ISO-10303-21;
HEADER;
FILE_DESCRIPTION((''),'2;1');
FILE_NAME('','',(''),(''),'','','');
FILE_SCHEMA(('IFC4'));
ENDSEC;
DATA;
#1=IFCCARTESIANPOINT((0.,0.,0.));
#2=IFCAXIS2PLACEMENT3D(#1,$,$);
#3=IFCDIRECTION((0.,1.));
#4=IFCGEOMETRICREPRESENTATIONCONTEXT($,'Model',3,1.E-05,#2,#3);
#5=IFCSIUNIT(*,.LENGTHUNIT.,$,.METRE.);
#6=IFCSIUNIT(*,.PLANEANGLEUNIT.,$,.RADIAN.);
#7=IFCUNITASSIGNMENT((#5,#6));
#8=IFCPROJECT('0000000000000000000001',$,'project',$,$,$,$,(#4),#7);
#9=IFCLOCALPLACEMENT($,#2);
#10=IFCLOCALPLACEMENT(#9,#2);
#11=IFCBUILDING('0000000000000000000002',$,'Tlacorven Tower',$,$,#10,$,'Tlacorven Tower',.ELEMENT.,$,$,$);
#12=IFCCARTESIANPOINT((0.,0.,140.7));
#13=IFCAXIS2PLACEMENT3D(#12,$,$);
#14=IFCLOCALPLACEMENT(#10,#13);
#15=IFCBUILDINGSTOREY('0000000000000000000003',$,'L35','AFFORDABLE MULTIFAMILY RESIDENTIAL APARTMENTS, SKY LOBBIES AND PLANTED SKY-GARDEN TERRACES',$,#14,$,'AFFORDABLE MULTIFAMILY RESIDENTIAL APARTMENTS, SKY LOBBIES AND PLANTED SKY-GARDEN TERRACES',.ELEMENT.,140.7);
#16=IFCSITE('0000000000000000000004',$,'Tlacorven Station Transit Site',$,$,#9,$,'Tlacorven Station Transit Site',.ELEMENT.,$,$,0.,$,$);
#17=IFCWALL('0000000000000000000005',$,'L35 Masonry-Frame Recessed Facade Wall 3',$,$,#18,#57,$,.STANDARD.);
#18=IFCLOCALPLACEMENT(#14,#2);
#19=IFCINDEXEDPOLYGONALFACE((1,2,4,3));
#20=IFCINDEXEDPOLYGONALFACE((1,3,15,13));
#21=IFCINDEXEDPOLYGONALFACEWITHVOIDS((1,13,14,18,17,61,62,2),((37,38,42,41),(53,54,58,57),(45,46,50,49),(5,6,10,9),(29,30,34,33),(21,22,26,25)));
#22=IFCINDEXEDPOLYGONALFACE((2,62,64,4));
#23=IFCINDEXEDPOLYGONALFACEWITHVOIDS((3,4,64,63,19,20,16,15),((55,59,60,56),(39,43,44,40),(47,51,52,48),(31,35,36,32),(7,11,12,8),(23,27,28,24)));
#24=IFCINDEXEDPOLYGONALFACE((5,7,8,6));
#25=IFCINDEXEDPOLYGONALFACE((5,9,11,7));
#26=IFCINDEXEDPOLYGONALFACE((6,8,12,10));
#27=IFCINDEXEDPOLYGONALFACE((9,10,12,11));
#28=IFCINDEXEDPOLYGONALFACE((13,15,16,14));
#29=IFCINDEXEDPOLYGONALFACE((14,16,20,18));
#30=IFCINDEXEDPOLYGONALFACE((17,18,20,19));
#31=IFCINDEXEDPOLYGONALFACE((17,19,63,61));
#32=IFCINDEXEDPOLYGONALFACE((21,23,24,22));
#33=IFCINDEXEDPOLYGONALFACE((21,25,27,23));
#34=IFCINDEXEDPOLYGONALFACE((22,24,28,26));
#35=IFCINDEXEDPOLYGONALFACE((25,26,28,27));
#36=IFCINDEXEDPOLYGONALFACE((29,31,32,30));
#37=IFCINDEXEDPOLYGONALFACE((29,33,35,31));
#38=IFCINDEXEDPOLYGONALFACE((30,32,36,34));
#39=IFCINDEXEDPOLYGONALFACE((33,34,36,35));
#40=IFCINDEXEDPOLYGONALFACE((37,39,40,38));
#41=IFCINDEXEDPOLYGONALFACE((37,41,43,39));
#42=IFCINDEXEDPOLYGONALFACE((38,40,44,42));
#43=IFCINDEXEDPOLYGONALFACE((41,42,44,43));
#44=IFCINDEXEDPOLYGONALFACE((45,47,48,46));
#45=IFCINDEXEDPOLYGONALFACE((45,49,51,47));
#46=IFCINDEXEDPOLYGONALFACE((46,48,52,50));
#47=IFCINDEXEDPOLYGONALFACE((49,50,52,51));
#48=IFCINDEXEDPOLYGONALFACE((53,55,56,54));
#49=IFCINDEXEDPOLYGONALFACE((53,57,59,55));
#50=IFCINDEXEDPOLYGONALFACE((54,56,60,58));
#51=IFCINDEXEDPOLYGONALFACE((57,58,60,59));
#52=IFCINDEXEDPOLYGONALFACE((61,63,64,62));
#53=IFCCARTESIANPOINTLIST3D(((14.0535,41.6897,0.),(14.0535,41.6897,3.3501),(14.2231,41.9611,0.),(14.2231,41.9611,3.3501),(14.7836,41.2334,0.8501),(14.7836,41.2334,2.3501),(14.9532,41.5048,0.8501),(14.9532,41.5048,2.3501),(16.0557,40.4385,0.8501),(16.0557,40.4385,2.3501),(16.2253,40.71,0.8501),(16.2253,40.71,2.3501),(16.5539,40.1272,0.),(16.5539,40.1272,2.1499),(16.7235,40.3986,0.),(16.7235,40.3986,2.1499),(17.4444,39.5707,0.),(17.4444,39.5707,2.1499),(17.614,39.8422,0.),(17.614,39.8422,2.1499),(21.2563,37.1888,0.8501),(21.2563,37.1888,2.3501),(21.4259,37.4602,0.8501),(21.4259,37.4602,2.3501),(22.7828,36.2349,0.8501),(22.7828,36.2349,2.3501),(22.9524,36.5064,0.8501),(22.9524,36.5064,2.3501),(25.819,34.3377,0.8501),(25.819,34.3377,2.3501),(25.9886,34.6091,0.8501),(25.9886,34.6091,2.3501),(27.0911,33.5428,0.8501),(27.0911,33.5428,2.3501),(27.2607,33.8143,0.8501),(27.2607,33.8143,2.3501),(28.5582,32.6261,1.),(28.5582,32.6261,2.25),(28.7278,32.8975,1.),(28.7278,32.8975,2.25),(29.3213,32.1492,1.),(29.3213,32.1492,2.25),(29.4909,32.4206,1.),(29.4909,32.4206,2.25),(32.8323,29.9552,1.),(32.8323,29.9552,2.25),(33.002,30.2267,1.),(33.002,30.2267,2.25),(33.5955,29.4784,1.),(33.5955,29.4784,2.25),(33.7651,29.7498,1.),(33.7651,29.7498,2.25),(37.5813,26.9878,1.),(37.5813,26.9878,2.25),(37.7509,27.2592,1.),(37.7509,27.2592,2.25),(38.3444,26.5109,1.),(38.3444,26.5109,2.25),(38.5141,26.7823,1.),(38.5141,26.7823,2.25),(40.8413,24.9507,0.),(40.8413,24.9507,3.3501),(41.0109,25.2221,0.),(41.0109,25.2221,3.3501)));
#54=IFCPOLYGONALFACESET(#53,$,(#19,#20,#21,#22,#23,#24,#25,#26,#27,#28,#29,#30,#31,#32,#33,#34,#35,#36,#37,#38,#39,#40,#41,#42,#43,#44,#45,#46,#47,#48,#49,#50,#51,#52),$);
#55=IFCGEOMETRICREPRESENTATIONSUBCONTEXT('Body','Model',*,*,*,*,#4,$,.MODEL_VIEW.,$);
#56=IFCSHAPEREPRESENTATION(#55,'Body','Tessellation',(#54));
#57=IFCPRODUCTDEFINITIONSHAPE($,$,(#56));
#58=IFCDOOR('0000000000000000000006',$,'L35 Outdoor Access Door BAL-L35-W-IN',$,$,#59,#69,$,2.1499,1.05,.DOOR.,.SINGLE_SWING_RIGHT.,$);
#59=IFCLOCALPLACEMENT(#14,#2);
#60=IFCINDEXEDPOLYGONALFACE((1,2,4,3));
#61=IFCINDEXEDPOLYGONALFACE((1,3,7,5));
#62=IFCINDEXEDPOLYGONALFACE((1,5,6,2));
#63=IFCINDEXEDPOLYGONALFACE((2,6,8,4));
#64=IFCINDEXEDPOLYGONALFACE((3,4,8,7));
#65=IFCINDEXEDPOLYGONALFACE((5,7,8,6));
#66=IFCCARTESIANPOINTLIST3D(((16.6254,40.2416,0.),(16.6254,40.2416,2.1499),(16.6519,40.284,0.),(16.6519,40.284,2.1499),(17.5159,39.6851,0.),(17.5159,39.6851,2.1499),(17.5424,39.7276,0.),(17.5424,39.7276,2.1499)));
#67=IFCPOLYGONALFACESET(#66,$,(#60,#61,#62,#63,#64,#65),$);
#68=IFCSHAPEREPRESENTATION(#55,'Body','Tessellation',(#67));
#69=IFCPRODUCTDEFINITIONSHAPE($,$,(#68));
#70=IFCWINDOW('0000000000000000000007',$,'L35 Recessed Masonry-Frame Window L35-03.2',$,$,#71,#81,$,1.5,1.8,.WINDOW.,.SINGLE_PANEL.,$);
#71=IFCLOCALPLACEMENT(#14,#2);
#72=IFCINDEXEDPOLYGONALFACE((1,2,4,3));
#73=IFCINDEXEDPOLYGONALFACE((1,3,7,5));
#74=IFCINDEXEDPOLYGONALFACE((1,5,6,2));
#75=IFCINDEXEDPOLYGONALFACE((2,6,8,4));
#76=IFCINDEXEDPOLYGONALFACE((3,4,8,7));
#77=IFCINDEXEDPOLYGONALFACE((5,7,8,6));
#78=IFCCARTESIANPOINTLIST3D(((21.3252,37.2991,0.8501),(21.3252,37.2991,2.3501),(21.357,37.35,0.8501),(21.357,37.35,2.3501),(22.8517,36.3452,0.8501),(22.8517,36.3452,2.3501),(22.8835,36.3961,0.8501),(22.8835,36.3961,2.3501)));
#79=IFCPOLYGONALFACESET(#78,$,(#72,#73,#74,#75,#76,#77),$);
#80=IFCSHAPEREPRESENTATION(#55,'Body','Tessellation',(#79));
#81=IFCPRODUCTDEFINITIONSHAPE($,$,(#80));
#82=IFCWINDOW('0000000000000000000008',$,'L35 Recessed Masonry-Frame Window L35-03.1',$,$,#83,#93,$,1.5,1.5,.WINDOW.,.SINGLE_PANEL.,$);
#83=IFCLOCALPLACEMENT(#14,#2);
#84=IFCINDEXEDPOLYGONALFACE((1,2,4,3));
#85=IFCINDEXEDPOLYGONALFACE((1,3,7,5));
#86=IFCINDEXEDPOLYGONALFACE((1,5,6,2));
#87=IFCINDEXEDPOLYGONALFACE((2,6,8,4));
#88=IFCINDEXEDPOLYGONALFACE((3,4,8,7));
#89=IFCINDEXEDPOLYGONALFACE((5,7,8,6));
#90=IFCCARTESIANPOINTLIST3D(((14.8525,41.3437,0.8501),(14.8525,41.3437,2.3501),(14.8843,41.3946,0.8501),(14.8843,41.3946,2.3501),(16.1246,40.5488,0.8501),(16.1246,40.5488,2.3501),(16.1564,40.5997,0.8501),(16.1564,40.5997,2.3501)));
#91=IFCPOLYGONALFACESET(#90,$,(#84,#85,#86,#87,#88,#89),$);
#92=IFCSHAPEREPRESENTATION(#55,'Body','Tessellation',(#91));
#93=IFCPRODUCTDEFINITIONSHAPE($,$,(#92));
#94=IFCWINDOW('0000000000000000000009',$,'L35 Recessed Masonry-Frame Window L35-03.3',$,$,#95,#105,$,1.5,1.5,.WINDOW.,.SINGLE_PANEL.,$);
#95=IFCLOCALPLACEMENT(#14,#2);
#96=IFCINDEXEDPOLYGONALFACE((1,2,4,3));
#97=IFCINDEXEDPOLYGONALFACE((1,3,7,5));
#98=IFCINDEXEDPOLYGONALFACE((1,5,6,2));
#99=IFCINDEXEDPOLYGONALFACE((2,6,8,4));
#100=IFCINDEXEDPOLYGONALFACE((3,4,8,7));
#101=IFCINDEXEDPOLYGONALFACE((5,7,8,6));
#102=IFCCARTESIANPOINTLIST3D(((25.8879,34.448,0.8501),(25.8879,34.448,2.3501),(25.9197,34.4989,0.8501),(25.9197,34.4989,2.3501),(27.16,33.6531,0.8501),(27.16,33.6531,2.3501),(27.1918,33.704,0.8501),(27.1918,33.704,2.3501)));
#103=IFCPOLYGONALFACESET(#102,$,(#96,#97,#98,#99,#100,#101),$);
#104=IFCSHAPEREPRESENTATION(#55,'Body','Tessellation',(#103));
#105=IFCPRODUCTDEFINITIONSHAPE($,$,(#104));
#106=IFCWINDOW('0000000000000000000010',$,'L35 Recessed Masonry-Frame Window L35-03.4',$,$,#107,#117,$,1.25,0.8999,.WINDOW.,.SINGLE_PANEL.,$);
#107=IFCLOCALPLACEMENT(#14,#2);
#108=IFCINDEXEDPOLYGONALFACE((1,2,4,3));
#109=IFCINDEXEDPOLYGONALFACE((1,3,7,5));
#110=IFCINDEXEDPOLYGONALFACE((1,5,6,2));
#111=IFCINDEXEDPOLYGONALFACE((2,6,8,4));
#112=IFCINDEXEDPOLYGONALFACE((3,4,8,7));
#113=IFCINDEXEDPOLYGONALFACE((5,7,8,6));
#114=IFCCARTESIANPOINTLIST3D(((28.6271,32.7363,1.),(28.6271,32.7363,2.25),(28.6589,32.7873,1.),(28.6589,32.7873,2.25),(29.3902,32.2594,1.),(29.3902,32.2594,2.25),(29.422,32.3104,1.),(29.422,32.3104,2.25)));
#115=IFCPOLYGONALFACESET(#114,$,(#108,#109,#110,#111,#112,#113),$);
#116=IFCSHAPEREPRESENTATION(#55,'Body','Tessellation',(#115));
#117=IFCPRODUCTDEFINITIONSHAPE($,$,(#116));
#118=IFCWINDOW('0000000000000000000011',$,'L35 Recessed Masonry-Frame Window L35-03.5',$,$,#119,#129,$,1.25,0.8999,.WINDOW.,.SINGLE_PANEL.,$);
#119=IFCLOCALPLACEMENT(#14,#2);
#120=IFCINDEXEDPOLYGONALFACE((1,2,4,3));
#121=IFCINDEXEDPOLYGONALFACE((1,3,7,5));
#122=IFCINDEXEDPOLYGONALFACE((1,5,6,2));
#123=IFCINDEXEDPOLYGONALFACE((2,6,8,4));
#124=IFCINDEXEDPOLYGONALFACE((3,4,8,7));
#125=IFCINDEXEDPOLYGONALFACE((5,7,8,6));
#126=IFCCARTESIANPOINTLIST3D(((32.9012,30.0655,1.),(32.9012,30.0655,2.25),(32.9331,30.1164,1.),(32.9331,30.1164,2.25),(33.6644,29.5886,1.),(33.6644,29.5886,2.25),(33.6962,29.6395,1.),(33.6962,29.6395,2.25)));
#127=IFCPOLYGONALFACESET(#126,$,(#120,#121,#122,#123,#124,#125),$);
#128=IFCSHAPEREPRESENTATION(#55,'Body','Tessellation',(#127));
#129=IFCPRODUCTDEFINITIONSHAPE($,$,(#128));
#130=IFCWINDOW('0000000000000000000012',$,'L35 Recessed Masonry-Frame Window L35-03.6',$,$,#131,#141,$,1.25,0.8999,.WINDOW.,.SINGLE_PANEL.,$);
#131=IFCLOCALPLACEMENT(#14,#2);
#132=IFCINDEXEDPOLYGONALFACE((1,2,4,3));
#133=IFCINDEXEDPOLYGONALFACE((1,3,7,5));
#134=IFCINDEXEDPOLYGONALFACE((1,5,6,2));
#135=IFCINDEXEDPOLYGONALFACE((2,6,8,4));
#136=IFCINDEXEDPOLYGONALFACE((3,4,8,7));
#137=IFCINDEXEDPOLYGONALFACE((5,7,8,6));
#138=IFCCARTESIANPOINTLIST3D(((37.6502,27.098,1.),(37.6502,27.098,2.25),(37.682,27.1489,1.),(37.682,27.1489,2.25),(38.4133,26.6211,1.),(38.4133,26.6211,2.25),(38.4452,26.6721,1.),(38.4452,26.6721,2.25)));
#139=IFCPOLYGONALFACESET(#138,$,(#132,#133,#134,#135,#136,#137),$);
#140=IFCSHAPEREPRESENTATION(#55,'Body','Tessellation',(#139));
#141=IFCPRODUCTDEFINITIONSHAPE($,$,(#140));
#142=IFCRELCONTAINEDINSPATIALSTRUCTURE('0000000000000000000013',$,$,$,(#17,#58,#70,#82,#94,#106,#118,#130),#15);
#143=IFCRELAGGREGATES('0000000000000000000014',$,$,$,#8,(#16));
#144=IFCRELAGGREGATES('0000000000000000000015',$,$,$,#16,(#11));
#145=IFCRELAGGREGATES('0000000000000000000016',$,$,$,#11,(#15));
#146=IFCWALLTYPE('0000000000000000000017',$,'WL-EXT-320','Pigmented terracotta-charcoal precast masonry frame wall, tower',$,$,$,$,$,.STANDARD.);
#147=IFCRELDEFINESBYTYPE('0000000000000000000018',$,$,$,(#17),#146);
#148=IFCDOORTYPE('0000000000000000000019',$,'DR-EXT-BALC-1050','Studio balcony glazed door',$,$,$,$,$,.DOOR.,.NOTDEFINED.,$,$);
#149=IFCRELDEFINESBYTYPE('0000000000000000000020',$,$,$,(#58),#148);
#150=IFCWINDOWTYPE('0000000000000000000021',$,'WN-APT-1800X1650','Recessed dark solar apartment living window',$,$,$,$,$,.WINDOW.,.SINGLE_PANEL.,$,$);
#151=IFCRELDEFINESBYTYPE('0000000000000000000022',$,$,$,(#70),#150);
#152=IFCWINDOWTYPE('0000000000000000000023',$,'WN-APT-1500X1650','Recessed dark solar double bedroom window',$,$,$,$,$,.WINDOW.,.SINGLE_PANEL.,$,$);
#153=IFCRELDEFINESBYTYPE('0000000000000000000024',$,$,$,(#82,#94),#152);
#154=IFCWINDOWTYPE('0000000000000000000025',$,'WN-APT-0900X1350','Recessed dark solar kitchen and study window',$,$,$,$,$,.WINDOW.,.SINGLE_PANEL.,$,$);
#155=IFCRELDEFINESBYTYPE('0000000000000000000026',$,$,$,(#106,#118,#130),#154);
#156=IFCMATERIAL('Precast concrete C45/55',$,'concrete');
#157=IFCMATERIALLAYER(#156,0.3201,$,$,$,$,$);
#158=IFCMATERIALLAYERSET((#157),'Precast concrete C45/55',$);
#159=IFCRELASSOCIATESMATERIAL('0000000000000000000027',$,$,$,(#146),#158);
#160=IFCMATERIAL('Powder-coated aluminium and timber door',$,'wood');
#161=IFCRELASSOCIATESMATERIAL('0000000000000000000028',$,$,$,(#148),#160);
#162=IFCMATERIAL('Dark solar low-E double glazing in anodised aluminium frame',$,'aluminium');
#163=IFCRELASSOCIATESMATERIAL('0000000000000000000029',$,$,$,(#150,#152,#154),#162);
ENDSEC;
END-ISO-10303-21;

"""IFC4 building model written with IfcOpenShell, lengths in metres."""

from ifc_helpers import new_model, si_unit, direction, frame, frame_2d, origin, place, context, subcontext, project, spatial, rectangle, extrude, source, transform, mapped, material, layer, layer_set, type_object, element, fill, save


model = new_model("IFC4")

# Units and contexts
model_context = context("Model", 3, precision=1e-05, world=origin(), true_north=direction((0.0, 1.0)))
body_context = subcontext(model_context, "Body", "Model", "MODEL_VIEW")
ifc_project = project(units=[si_unit("LENGTHUNIT", "METRE"), si_unit("PLANEANGLEUNIT", "RADIAN")], contexts=[model_context])

# Site, building, storey
site_placement = place(None, origin())
site = spatial("IfcSite", under=ifc_project, at=site_placement, Name="Tlacorven Station Transit Site", LongName="Tlacorven Station Transit Site", CompositionType="ELEMENT", RefElevation=0.0)
building_placement = place(site_placement, origin())
building = spatial("IfcBuilding", under=site, at=building_placement, Name="Tlacorven Tower", LongName="Tlacorven Tower", CompositionType="ELEMENT")
storey_placement = place(building_placement, frame((0.0, 0.0, 140.7)))
storey = spatial("IfcBuildingStorey", under=building, at=storey_placement, Name="L35", Description="AFFORDABLE MULTIFAMILY RESIDENTIAL APARTMENTS, SKY LOBBIES AND PLANTED SKY-GARDEN TERRACES", LongName="AFFORDABLE MULTIFAMILY RESIDENTIAL APARTMENTS, SKY LOBBIES AND PLANTED SKY-GARDEN TERRACES", CompositionType="ELEMENT", Elevation=140.7)

# Wall, openings, door, windows
ifc_material_1 = material(Name="Precast concrete C45/55", Category="concrete")
ifc_layer_1 = layer(ifc_material_1, 0.3201)
ifc_layer_set_1 = layer_set([ifc_layer_1], Name="Precast concrete C45/55")
wall_type_1 = type_object("IfcWallType", Name="WL-EXT-320", Description="Pigmented terracotta-charcoal precast masonry frame wall, tower", PredefinedType="STANDARD", material=ifc_layer_set_1)
wall_1_placement = place(storey_placement, frame((14.1382, 41.8254, 0.0), z_axis=(0.0, 0.0, 1.0), x_axis=(0.848046, -0.529922, 0.0)))
wall_1 = element("IfcWall", 1, at=wall_1_placement, inside=storey, type_object=wall_type_1, Name="L35 Masonry-Frame Recessed Facade Wall 3", PredefinedType="STANDARD", context=body_context, shape_type="SweptSolid", body=[
    extrude(rectangle(XDim=31.5876, YDim=0.3201, at=frame_2d((15.7939, 0.0))), origin(), (0.0, 0.0, 1.0), 3.3501),
])
opening_1_placement = place(wall_1_placement, frame((2.9487, 0.0, 0.0)))
opening_1 = element("IfcOpeningElement", 2, at=opening_1_placement, cuts=wall_1, PredefinedType="OPENING", context=body_context, shape_type="SweptSolid", body=[
    extrude(rectangle(XDim=1.05, YDim=2.1499, at=frame_2d((0.5249, 1.075))), frame((0.0, 0.1699, 0.0), z_axis=(0.0, -1.0, 0.0), x_axis=(1.0, 0.0, 0.0)), (0.0, 0.0, 1.0), 0.3401),
])
opening_2_placement = place(wall_1_placement, frame((0.8611, 0.0, 0.8501)))
opening_2 = element("IfcOpeningElement", 3, at=opening_2_placement, cuts=wall_1, PredefinedType="OPENING", context=body_context, shape_type="SweptSolid", body=[
    extrude(rectangle(XDim=1.5, YDim=1.5, at=frame_2d((0.75, 0.75))), frame((0.0, 0.1699, 0.0), z_axis=(0.0, -1.0, 0.0), x_axis=(1.0, 0.0, 0.0)), (0.0, 0.0, 1.0), 0.3401),
])
opening_3_placement = place(wall_1_placement, frame((8.4937, 0.0, 0.8501)))
opening_3 = element("IfcOpeningElement", 4, at=opening_3_placement, cuts=wall_1, PredefinedType="OPENING", context=body_context, shape_type="SweptSolid", body=[
    extrude(rectangle(XDim=1.8, YDim=1.5, at=frame_2d((0.8999, 0.75))), frame((0.0, 0.1699, 0.0), z_axis=(0.0, -1.0, 0.0), x_axis=(1.0, 0.0, 0.0)), (0.0, 0.0, 1.0), 0.3401),
])
opening_4_placement = place(wall_1_placement, frame((13.8738, 0.0, 0.8501)))
opening_4 = element("IfcOpeningElement", 5, at=opening_4_placement, cuts=wall_1, PredefinedType="OPENING", context=body_context, shape_type="SweptSolid", body=[
    extrude(rectangle(XDim=1.5, YDim=1.5, at=frame_2d((0.75, 0.75))), frame((0.0, 0.1699, 0.0), z_axis=(0.0, -1.0, 0.0), x_axis=(1.0, 0.0, 0.0)), (0.0, 0.0, 1.0), 0.3401),
])
opening_5_placement = place(wall_1_placement, frame((17.1038, 0.0, 1.0)))
opening_5 = element("IfcOpeningElement", 6, at=opening_5_placement, cuts=wall_1, PredefinedType="OPENING", context=body_context, shape_type="SweptSolid", body=[
    extrude(rectangle(XDim=0.8999, YDim=1.25, at=frame_2d((0.45, 0.625))), frame((0.0, 0.1699, 0.0), z_axis=(0.0, -1.0, 0.0), x_axis=(1.0, 0.0, 0.0)), (0.0, 0.0, 1.0), 0.3401),
])
opening_6_placement = place(wall_1_placement, frame((22.1438, 0.0, 1.0)))
opening_6 = element("IfcOpeningElement", 7, at=opening_6_placement, cuts=wall_1, PredefinedType="OPENING", context=body_context, shape_type="SweptSolid", body=[
    extrude(rectangle(XDim=0.8999, YDim=1.25, at=frame_2d((0.45, 0.625))), frame((0.0, 0.1699, 0.0), z_axis=(0.0, -1.0, 0.0), x_axis=(1.0, 0.0, 0.0)), (0.0, 0.0, 1.0), 0.3401),
])
opening_7_placement = place(wall_1_placement, frame((27.7437, 0.0, 1.0)))
opening_7 = element("IfcOpeningElement", 8, at=opening_7_placement, cuts=wall_1, PredefinedType="OPENING", context=body_context, shape_type="SweptSolid", body=[
    extrude(rectangle(XDim=0.8999, YDim=1.25, at=frame_2d((0.45, 0.625))), frame((0.0, 0.1699, 0.0), z_axis=(0.0, -1.0, 0.0), x_axis=(1.0, 0.0, 0.0)), (0.0, 0.0, 1.0), 0.3401),
])
ifc_material_2 = material(Name="Powder-coated aluminium and timber door", Category="wood")
door_type_1 = type_object("IfcDoorType", Name="DR-EXT-BALC-1050", Description="Studio balcony glazed door", OperationType="NOTDEFINED", PredefinedType="DOOR", material=ifc_material_2)
shared_shape_1 = source(origin(), body_context, "Body", "SweptSolid", [
    extrude(rectangle(XDim=1.05, YDim=2.1499, at=frame_2d((0.5249, 1.075))), frame((0.0, 0.0249, 0.0), z_axis=(0.0, -1.0, 0.0), x_axis=(1.0, 0.0, 0.0)), (0.0, 0.0, 1.0), 0.05),
])
door_1_placement = place(opening_1_placement, origin())
door_1 = element("IfcDoor", 9, at=door_1_placement, inside=storey, type_object=door_type_1, Name="L35 Outdoor Access Door BAL-L35-W-IN", OperationType="SINGLE_SWING_RIGHT", OverallHeight=2.1499, OverallWidth=1.05, PredefinedType="DOOR", context=body_context, shape_type="MappedRepresentation", body=[
    mapped(shared_shape_1, transform((0.0, 0.0, 0.0), scale=1.0)),
])
fill(opening_1, door_1)
ifc_material_3 = material(Name="Dark solar low-E double glazing in anodised aluminium frame", Category="aluminium")
window_type_1 = type_object("IfcWindowType", Name="WN-APT-1800X1650", Description="Recessed dark solar apartment living window", PartitioningType="SINGLE_PANEL", PredefinedType="WINDOW", material=ifc_material_3)
shared_shape_2 = source(origin(), body_context, "Body", "SweptSolid", [
    extrude(rectangle(XDim=1.8, YDim=1.5, at=frame_2d((0.8999, 0.75))), frame((0.0, 0.03, 0.0), z_axis=(0.0, -1.0, 0.0), x_axis=(1.0, 0.0, 0.0)), (0.0, 0.0, 1.0), 0.0601),
])
window_1_placement = place(opening_3_placement, origin())
window_1 = element("IfcWindow", 10, at=window_1_placement, inside=storey, type_object=window_type_1, Name="L35 Recessed Masonry-Frame Window L35-03.2", OverallHeight=1.5, OverallWidth=1.8, PartitioningType="SINGLE_PANEL", PredefinedType="WINDOW", context=body_context, shape_type="MappedRepresentation", body=[
    mapped(shared_shape_2, transform((0.0, 0.0, 0.0), scale=1.0)),
])
fill(opening_3, window_1)
window_type_2 = type_object("IfcWindowType", Name="WN-APT-1500X1650", Description="Recessed dark solar double bedroom window", PartitioningType="SINGLE_PANEL", PredefinedType="WINDOW", material=ifc_material_3)
shared_shape_3 = source(origin(), body_context, "Body", "SweptSolid", [
    extrude(rectangle(XDim=1.5, YDim=1.5, at=frame_2d((0.75, 0.75))), frame((0.0, 0.03, 0.0), z_axis=(0.0, -1.0, 0.0), x_axis=(1.0, 0.0, 0.0)), (0.0, 0.0, 1.0), 0.0601),
])
window_2_placement = place(opening_2_placement, origin())
window_2 = element("IfcWindow", 11, at=window_2_placement, inside=storey, type_object=window_type_2, Name="L35 Recessed Masonry-Frame Window L35-03.1", OverallHeight=1.5, OverallWidth=1.5, PartitioningType="SINGLE_PANEL", PredefinedType="WINDOW", context=body_context, shape_type="MappedRepresentation", body=[
    mapped(shared_shape_3, transform((0.0, 0.0, 0.0), scale=1.0)),
])
fill(opening_2, window_2)
window_3_placement = place(opening_4_placement, origin())
window_3 = element("IfcWindow", 12, at=window_3_placement, inside=storey, type_object=window_type_2, Name="L35 Recessed Masonry-Frame Window L35-03.3", OverallHeight=1.5, OverallWidth=1.5, PartitioningType="SINGLE_PANEL", PredefinedType="WINDOW", context=body_context, shape_type="MappedRepresentation", body=[
    mapped(shared_shape_3, transform((0.0, 0.0, 0.0), scale=1.0)),
])
fill(opening_4, window_3)
window_type_3 = type_object("IfcWindowType", Name="WN-APT-0900X1350", Description="Recessed dark solar kitchen and study window", PartitioningType="SINGLE_PANEL", PredefinedType="WINDOW", material=ifc_material_3)
shared_shape_4 = source(origin(), body_context, "Body", "SweptSolid", [
    extrude(rectangle(XDim=0.8999, YDim=1.25, at=frame_2d((0.45, 0.625))), frame((0.0, 0.03, 0.0), z_axis=(0.0, -1.0, 0.0), x_axis=(1.0, 0.0, 0.0)), (0.0, 0.0, 1.0), 0.0601),
])
window_4_placement = place(opening_5_placement, origin())
window_4 = element("IfcWindow", 13, at=window_4_placement, inside=storey, type_object=window_type_3, Name="L35 Recessed Masonry-Frame Window L35-03.4", OverallHeight=1.25, OverallWidth=0.8999, PartitioningType="SINGLE_PANEL", PredefinedType="WINDOW", context=body_context, shape_type="MappedRepresentation", body=[
    mapped(shared_shape_4, transform((0.0, 0.0, 0.0), scale=1.0)),
])
fill(opening_5, window_4)
window_5_placement = place(opening_6_placement, origin())
window_5 = element("IfcWindow", 14, at=window_5_placement, inside=storey, type_object=window_type_3, Name="L35 Recessed Masonry-Frame Window L35-03.5", OverallHeight=1.25, OverallWidth=0.8999, PartitioningType="SINGLE_PANEL", PredefinedType="WINDOW", context=body_context, shape_type="MappedRepresentation", body=[
    mapped(shared_shape_4, transform((0.0, 0.0, 0.0), scale=1.0)),
])
fill(opening_6, window_5)
window_6_placement = place(opening_7_placement, origin())
window_6 = element("IfcWindow", 15, at=window_6_placement, inside=storey, type_object=window_type_3, Name="L35 Recessed Masonry-Frame Window L35-03.6", OverallHeight=1.25, OverallWidth=0.8999, PartitioningType="SINGLE_PANEL", PredefinedType="WINDOW", context=body_context, shape_type="MappedRepresentation", body=[
    mapped(shared_shape_4, transform((0.0, 0.0, 0.0), scale=1.0)),
])
fill(opening_7, window_6)

save(model, "model.ifc")
